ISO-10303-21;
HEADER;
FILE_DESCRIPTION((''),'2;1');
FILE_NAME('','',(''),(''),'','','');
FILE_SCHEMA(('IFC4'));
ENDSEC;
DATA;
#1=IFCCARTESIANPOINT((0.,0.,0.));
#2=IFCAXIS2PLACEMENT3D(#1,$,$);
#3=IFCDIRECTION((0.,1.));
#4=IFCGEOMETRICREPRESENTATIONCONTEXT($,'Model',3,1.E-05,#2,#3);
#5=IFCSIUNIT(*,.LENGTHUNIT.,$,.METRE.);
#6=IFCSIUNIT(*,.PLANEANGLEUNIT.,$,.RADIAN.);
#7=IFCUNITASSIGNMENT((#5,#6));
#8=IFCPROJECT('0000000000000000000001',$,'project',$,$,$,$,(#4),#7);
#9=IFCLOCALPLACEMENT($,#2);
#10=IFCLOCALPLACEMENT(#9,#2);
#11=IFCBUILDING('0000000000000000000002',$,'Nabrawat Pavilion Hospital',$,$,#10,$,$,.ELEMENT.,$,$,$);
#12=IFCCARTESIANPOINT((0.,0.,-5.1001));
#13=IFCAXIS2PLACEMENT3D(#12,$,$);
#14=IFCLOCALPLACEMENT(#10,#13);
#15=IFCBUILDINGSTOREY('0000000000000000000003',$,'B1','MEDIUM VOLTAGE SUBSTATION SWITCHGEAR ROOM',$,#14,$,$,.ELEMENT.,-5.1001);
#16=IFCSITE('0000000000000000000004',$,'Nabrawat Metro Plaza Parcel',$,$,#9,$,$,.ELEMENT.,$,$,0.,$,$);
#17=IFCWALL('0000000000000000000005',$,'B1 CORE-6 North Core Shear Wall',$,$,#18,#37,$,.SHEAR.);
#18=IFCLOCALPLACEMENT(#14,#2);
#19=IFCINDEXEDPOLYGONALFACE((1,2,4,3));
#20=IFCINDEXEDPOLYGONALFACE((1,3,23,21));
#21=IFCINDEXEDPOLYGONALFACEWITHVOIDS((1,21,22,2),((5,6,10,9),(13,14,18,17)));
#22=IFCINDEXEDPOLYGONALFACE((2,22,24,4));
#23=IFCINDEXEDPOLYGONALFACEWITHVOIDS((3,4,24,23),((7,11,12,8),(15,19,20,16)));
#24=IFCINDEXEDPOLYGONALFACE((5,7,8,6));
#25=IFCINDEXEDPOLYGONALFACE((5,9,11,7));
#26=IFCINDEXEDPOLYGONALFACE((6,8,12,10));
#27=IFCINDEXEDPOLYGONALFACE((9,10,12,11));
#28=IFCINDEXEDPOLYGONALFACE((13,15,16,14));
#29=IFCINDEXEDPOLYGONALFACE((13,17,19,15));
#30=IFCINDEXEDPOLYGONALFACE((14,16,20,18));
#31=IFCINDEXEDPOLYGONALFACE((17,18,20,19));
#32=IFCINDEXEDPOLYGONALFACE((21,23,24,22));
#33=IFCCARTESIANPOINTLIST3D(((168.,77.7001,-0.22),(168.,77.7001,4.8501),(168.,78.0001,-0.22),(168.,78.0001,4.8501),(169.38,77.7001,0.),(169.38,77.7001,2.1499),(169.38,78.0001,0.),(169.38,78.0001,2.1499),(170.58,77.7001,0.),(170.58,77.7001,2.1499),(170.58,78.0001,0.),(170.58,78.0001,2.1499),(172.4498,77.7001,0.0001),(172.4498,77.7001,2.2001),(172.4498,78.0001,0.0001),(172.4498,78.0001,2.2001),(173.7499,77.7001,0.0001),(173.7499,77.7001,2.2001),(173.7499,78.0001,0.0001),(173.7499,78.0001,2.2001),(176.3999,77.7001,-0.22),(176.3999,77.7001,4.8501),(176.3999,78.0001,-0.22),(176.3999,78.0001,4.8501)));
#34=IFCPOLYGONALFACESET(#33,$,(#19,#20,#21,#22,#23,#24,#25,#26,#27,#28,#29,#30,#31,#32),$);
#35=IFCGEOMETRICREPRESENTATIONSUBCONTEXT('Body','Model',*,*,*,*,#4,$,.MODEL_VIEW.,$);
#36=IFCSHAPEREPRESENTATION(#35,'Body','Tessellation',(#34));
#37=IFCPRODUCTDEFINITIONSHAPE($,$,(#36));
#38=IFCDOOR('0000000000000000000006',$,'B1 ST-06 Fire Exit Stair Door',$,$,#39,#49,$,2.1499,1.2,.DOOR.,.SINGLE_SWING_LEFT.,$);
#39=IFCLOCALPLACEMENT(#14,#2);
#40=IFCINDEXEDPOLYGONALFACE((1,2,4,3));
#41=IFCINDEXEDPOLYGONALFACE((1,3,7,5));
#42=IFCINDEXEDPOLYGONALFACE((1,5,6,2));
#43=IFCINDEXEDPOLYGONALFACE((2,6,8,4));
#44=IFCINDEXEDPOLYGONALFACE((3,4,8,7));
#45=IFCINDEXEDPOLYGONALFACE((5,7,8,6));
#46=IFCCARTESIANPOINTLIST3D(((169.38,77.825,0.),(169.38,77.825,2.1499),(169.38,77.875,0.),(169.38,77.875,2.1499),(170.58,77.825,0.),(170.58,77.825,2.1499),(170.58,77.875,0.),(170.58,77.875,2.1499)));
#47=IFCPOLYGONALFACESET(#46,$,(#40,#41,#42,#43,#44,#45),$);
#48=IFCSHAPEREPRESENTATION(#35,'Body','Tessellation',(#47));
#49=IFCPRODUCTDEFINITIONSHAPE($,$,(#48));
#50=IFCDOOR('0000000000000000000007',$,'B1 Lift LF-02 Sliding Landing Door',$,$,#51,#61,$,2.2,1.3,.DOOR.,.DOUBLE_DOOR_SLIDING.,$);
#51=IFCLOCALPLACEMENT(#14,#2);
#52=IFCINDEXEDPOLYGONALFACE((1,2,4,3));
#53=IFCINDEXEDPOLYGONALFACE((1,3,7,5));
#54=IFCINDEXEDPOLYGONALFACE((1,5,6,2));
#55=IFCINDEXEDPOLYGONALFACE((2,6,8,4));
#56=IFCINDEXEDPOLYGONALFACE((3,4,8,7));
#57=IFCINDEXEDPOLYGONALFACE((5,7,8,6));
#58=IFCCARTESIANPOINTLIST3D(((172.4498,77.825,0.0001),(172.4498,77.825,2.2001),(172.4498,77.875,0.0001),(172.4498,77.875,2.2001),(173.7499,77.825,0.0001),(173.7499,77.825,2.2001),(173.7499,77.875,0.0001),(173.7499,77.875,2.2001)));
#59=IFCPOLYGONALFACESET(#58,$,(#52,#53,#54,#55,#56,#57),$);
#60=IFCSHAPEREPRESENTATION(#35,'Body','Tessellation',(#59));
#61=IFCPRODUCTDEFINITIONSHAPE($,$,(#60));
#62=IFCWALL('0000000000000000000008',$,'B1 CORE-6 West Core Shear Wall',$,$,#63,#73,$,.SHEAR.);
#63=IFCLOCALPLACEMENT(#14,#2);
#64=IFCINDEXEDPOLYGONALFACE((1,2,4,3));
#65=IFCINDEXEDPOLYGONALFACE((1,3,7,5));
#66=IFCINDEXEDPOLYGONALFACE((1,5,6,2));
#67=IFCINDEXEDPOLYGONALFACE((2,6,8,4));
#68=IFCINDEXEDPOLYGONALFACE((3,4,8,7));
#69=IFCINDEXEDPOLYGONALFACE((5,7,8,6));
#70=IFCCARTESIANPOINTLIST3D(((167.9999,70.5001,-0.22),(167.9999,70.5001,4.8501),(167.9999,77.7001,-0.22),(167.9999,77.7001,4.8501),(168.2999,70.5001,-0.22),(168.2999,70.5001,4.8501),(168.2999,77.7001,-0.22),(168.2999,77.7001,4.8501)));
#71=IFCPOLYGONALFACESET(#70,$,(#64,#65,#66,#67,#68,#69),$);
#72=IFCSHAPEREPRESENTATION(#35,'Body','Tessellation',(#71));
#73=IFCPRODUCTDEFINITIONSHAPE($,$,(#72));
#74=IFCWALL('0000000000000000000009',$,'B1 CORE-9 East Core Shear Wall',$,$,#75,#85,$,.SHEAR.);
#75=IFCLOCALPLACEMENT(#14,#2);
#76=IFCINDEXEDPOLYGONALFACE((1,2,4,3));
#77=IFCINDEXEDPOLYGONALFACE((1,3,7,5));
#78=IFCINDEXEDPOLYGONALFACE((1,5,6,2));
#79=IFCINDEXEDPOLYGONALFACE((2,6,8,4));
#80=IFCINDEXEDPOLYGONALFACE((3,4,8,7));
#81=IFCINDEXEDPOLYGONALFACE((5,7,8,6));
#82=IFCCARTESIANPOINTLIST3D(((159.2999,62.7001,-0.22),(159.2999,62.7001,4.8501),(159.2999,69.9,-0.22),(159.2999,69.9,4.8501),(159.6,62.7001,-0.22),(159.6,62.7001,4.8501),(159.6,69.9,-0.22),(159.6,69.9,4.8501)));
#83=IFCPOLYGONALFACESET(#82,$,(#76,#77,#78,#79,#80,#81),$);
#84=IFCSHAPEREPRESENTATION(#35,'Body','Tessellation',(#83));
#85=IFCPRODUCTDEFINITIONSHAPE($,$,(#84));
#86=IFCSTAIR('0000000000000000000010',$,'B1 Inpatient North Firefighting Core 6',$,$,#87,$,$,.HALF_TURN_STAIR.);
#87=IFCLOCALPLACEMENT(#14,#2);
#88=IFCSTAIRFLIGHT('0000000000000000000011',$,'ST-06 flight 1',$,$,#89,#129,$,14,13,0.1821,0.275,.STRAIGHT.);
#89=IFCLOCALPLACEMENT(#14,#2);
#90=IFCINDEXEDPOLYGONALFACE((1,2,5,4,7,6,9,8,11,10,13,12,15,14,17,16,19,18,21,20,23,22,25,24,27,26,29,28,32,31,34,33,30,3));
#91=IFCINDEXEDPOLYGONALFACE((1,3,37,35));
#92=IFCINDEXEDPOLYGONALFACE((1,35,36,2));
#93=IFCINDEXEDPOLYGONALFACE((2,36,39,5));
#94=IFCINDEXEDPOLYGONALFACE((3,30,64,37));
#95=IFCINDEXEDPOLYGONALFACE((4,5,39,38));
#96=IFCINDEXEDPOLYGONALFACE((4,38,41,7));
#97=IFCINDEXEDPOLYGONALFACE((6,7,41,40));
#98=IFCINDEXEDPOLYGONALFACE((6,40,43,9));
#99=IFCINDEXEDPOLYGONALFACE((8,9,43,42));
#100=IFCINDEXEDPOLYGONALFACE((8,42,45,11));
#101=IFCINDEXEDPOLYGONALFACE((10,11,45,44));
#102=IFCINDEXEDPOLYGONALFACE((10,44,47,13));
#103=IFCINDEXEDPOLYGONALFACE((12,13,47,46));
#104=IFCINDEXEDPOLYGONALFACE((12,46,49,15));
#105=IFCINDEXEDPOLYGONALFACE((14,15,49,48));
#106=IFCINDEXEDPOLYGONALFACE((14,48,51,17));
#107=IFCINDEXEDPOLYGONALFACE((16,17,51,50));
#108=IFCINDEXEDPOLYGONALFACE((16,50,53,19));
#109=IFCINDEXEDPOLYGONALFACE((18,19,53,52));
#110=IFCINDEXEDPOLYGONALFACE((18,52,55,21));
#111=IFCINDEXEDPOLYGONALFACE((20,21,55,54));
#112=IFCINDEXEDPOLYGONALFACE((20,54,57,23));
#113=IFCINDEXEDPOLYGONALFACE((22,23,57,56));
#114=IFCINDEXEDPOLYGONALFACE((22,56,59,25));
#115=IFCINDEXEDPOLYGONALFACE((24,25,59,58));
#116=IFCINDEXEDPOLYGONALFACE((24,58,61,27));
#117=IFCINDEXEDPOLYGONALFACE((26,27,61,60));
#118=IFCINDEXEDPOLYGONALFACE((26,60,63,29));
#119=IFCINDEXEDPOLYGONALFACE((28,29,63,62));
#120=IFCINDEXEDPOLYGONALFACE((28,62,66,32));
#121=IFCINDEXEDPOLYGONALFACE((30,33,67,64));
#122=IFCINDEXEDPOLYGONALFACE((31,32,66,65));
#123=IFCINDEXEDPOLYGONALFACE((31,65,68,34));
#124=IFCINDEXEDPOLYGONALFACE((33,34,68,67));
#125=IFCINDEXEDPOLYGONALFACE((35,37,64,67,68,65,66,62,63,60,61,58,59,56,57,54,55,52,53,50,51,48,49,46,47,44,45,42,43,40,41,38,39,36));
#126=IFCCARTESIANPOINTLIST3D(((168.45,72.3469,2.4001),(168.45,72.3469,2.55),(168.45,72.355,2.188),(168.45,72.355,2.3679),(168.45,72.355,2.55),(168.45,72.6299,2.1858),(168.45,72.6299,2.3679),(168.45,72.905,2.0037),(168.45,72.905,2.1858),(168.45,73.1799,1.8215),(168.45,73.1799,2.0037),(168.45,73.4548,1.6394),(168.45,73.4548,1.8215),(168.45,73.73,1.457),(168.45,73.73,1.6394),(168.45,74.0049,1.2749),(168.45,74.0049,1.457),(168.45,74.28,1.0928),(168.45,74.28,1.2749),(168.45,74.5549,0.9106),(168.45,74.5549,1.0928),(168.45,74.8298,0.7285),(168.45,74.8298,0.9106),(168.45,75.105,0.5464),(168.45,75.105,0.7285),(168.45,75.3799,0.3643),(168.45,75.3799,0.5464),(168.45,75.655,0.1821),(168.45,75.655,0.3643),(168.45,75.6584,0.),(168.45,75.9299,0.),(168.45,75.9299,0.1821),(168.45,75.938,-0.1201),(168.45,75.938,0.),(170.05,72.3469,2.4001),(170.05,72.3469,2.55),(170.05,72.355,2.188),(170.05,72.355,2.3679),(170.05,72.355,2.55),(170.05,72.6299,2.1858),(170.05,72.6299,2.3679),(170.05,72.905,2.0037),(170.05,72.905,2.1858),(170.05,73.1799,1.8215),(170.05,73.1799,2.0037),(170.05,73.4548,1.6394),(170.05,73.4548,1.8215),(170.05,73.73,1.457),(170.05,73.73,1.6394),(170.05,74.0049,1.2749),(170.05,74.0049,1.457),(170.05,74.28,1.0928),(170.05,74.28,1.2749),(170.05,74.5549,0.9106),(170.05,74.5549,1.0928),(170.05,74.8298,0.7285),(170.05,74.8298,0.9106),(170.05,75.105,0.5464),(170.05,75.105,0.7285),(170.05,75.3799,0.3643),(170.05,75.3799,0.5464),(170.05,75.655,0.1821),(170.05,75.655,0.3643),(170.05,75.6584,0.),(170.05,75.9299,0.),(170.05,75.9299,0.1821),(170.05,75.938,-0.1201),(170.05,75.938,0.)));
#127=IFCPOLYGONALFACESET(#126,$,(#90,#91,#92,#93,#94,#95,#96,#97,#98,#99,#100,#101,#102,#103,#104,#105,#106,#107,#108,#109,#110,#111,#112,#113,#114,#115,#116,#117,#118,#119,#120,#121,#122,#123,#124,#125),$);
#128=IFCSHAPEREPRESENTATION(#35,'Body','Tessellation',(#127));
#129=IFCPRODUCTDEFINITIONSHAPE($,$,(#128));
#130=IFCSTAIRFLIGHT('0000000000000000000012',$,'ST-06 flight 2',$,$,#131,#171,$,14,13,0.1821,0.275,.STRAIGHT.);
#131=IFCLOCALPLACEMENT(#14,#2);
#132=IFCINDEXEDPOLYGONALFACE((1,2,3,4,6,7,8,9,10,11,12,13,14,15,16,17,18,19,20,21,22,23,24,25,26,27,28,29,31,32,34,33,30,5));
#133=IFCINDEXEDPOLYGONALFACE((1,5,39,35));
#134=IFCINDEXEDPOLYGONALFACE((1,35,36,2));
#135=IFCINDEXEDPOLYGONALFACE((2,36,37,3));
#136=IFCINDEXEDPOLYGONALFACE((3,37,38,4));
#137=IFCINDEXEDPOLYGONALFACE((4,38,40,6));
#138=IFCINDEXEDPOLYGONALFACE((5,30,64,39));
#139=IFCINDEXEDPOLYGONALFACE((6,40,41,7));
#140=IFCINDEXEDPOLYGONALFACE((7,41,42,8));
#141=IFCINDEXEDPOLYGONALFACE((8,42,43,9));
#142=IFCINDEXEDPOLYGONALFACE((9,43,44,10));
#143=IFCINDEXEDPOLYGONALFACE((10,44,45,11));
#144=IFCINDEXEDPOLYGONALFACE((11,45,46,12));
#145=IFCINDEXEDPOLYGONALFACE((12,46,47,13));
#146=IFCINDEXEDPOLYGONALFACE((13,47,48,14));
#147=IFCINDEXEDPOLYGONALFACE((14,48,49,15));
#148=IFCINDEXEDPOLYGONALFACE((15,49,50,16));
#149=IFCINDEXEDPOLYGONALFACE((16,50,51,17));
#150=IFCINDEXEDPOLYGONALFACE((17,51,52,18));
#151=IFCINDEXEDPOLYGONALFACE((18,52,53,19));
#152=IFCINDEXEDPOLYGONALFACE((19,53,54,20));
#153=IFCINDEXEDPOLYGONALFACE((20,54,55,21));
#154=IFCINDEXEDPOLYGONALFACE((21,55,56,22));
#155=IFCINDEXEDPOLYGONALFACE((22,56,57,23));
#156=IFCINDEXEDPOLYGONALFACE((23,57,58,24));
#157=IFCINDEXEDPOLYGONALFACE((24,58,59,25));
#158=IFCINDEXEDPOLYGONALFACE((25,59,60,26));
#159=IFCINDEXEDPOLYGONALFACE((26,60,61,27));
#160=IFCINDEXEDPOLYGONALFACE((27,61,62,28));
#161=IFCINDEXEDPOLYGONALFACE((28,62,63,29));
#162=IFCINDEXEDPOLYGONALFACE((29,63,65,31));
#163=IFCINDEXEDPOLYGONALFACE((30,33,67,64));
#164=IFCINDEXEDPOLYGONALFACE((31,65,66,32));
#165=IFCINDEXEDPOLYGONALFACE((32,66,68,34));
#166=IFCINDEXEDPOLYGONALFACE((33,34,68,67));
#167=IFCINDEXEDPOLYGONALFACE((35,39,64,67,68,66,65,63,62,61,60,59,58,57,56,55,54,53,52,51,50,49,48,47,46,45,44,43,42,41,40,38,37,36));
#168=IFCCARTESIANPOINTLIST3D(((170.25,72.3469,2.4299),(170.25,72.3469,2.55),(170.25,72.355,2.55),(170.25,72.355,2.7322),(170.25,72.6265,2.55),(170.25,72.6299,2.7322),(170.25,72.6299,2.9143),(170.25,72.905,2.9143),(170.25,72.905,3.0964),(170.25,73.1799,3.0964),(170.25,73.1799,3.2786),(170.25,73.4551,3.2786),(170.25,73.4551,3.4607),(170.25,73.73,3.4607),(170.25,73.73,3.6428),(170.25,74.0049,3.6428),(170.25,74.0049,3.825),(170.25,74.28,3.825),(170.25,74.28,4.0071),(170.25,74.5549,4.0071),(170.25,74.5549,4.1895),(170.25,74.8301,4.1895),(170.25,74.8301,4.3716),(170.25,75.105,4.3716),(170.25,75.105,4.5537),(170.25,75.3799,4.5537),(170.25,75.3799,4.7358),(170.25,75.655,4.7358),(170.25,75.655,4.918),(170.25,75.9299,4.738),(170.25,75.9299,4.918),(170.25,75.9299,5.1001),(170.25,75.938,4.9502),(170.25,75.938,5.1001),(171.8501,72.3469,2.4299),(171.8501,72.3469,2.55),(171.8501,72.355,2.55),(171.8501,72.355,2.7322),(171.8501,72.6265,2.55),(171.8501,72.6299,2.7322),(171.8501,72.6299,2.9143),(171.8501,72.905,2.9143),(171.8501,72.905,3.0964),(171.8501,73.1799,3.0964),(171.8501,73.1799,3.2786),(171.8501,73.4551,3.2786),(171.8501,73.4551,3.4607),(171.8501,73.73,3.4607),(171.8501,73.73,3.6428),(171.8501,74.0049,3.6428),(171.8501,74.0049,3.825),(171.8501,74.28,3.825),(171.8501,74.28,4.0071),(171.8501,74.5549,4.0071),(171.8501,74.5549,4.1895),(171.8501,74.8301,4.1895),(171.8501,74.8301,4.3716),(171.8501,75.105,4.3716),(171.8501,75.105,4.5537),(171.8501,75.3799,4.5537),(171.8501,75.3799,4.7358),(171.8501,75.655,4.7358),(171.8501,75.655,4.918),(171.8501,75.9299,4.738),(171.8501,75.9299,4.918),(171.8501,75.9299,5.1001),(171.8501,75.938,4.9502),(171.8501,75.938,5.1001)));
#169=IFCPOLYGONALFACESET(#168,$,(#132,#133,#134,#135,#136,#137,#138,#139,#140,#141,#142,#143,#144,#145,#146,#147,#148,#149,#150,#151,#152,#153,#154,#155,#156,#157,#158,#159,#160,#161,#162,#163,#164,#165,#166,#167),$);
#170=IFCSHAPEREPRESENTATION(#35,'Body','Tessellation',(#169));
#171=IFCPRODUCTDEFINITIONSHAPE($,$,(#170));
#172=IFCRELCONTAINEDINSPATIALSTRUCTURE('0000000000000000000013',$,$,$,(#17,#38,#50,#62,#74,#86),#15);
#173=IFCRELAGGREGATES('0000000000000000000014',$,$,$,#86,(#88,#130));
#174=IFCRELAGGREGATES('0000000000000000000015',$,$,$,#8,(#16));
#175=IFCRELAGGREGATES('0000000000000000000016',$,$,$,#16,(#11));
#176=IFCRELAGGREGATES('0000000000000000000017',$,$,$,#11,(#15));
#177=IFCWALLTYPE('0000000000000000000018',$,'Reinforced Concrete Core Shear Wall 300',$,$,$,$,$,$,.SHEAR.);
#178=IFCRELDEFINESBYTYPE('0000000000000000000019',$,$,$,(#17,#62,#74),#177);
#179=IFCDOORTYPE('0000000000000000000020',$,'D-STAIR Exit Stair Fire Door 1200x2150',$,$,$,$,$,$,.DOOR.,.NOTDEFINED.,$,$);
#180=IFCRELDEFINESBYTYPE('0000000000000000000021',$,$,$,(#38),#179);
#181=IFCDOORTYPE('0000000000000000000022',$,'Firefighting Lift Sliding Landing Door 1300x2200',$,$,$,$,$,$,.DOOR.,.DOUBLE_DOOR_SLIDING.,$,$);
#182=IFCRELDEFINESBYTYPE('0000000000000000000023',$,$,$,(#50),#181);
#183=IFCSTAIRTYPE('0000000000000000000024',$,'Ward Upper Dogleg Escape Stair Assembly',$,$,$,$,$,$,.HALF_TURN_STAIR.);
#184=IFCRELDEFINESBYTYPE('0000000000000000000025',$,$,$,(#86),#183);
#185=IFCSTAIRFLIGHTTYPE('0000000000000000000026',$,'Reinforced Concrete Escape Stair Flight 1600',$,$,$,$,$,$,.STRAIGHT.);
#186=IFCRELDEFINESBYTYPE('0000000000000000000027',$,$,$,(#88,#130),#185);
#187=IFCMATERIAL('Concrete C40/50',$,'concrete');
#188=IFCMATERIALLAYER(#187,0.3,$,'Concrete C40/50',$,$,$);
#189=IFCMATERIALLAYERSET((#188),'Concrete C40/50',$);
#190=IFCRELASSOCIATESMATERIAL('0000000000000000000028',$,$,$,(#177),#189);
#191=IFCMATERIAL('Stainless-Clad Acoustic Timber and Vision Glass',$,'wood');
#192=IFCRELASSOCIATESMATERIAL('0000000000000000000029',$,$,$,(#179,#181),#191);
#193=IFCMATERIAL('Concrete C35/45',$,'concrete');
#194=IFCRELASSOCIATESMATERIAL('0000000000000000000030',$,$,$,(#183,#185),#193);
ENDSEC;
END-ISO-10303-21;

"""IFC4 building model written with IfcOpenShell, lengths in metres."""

from ifc_helpers import new_model, si_unit, direction, frame, frame_2d, origin, place, context, subcontext, project, spatial, polyline, rectangle, outline, extrude, material, layer, layer_set, type_object, element, fill, aggregate, save


model = new_model("IFC4")

# Units and contexts
model_context = context("Model", 3, precision=1e-05, world=origin(), true_north=direction((0.0, 1.0)))
body_context = subcontext(model_context, "Body", "Model", "MODEL_VIEW")
ifc_project = project(units=[si_unit("LENGTHUNIT", "METRE"), si_unit("PLANEANGLEUNIT", "RADIAN")], contexts=[model_context])

# Site, building, storey
site_placement = place(None, origin())
site = spatial("IfcSite", under=ifc_project, at=site_placement, Name="Nabrawat Metro Plaza Parcel", CompositionType="ELEMENT", RefElevation=0.0)
building_placement = place(site_placement, origin())
building = spatial("IfcBuilding", under=site, at=building_placement, Name="Nabrawat Pavilion Hospital", CompositionType="ELEMENT")
storey_placement = place(building_placement, frame((0.0, 0.0, -5.1001)))
storey = spatial("IfcBuildingStorey", under=building, at=storey_placement, Name="B1", Description="MEDIUM VOLTAGE SUBSTATION SWITCHGEAR ROOM", CompositionType="ELEMENT", Elevation=-5.1001)

# Shared definitions
ifc_material_1 = material(Name="Concrete C35/45", Category="concrete")

# Shared definitions
ifc_material_2 = material(Name="Concrete C40/50", Category="concrete")

# Wall, openings, doors
ifc_layer_1 = layer(ifc_material_2, 0.3, Name="Concrete C40/50")
ifc_layer_set_1 = layer_set([ifc_layer_1], Name="Concrete C40/50")
wall_type_1 = type_object("IfcWallType", Name="Reinforced Concrete Core Shear Wall 300", PredefinedType="SHEAR", material=ifc_layer_set_1)
ifc_material_3 = material(Name="Stainless-Clad Acoustic Timber and Vision Glass", Category="wood")
wall_1_placement = place(storey_placement, frame((168.0, 77.8501, -0.22), z_axis=(0.0, 0.0, 1.0), x_axis=(1.0, 0.0, 0.0)))
wall_1 = element("IfcWall", 1, at=wall_1_placement, inside=storey, type_object=wall_type_1, Name="B1 CORE-6 North Core Shear Wall", PredefinedType="SHEAR", context=body_context, shape_type="SweptSolid", body=[
    extrude(rectangle(XDim=8.3999, YDim=0.3, at=frame_2d((4.2, 0.0))), origin(), (0.0, 0.0, 1.0), 5.0701),
])
opening_1_placement = place(wall_1_placement, frame((1.3799, 0.0, 0.22)))
opening_1 = element("IfcOpeningElement", 2, at=opening_1_placement, cuts=wall_1, PredefinedType="OPENING", context=body_context, shape_type="SweptSolid", body=[
    extrude(rectangle(XDim=1.2, YDim=2.1499, at=frame_2d((0.6001, 1.075))), frame((0.0, 0.1602, 0.0), z_axis=(0.0, -1.0, 0.0), x_axis=(1.0, 0.0, 0.0)), (0.0, 0.0, 1.0), 0.3201),
])
opening_2_placement = place(wall_1_placement, frame((4.45, 0.0, 0.22)))
opening_2 = element("IfcOpeningElement", 3, at=opening_2_placement, cuts=wall_1, PredefinedType="OPENING", context=body_context, shape_type="SweptSolid", body=[
    extrude(rectangle(XDim=1.3, YDim=2.2, at=frame_2d((0.6499, 1.1001))), frame((0.0, 0.1602, 0.0), z_axis=(0.0, -1.0, 0.0), x_axis=(1.0, 0.0, 0.0)), (0.0, 0.0, 1.0), 0.3201),
])
door_type_1 = type_object("IfcDoorType", Name="D-STAIR Exit Stair Fire Door 1200x2150", OperationType="NOTDEFINED", PredefinedType="DOOR", material=ifc_material_3)
door_1_placement = place(opening_1_placement, origin())
door_1 = element("IfcDoor", 4, at=door_1_placement, inside=storey, type_object=door_type_1, Name="B1 ST-06 Fire Exit Stair Door", OperationType="SINGLE_SWING_LEFT", OverallHeight=2.1499, OverallWidth=1.2, PredefinedType="DOOR", context=body_context, shape_type="SweptSolid", body=[
    extrude(rectangle(XDim=1.2, YDim=2.1499, at=frame_2d((0.6001, 1.075))), frame((0.0, 0.0249, 0.0), z_axis=(0.0, -1.0, 0.0), x_axis=(1.0, 0.0, 0.0)), (0.0, 0.0, 1.0), 0.05),
])
fill(opening_1, door_1)
door_type_2 = type_object("IfcDoorType", Name="Firefighting Lift Sliding Landing Door 1300x2200", OperationType="DOUBLE_DOOR_SLIDING", PredefinedType="DOOR", material=ifc_material_3)
door_2_placement = place(opening_2_placement, origin())
door_2 = element("IfcDoor", 5, at=door_2_placement, inside=storey, type_object=door_type_2, Name="B1 Lift LF-02 Sliding Landing Door", OperationType="DOUBLE_DOOR_SLIDING", OverallHeight=2.2, OverallWidth=1.3, PredefinedType="DOOR", context=body_context, shape_type="SweptSolid", body=[
    extrude(rectangle(XDim=1.3, YDim=2.2, at=frame_2d((0.6499, 1.1001))), frame((0.0, 0.0249, 0.0), z_axis=(0.0, -1.0, 0.0), x_axis=(1.0, 0.0, 0.0)), (0.0, 0.0, 1.0), 0.05),
])
fill(opening_2, door_2)

# Walls
for number, where, z_axis, x_axis, name in (
    (6, (168.1499, 70.5, -0.22), (0.0, 0.0, 1.0), (0.0, 1.0, 0.0), "B1 CORE-6 West Core Shear Wall"),
    (7, (159.45, 62.7, -0.22), (0.0, 0.0, 1.0), (0.0, 1.0, 0.0), "B1 CORE-9 East Core Shear Wall"),
):
    element("IfcWall", number, at=place(storey_placement, frame(where, z_axis=z_axis, x_axis=x_axis)), inside=storey, type_object=wall_type_1, Name=name, PredefinedType="SHEAR", context=body_context, shape_type="SweptSolid", body=[
        extrude(rectangle(XDim=7.2, YDim=0.3, at=frame_2d((3.6001, 0.0))), origin(), (0.0, 0.0, 1.0), 5.0701),
    ])

# Stair, stair flights
stair_type = type_object("IfcStairType", Name="Ward Upper Dogleg Escape Stair Assembly", PredefinedType="HALF_TURN_STAIR", material=ifc_material_1)
stair_placement = place(storey_placement, origin())
stair = element("IfcStair", 8, at=stair_placement, inside=storey, type_object=stair_type, Name="B1 Inpatient North Firefighting Core 6", PredefinedType="HALF_TURN_STAIR")
stair_flight_type = type_object("IfcStairFlightType", Name="Reinforced Concrete Escape Stair Flight 1600", PredefinedType="STRAIGHT", material=ifc_material_1)
stair_flight_1_placement = place(storey_placement, frame((169.25, 75.9299, 0.0), z_axis=(0.0, 0.0, 1.0), x_axis=(0.0, -1.0, 0.0)))
stair_flight_1 = element("IfcStairFlight", 9, at=stair_flight_1_placement, type_object=stair_flight_type, Name="ST-06 flight 1", NumberOfRisers=14, NumberOfTreads=13, PredefinedType="STRAIGHT", RiserHeight=0.1821, TreadLength=0.275, context=body_context, shape_type="SweptSolid", body=[
    extrude(outline(polyline([(-0.0081, 0.0), (0.0, 0.0), (0.0, 0.1821), (0.2749, 0.1821), (0.2749, 0.3643), (0.55, 0.3643), (0.55, 0.5464), (0.825, 0.5464), (0.825, 0.7285), (1.1001, 0.7285), (1.1001, 0.9106), (1.375, 0.9106), (1.375, 1.0928), (1.6499, 1.0928), (1.6499, 1.2749), (1.925, 1.2749), (1.925, 1.457), (2.2, 1.457), (2.2, 1.6394), (2.4751, 1.6394), (2.4751, 1.8215), (2.75, 1.8215), (2.75, 2.0037), (3.0249, 2.0037), (3.0249, 2.1858), (3.3, 2.1858), (3.3, 2.3679), (3.575, 2.3679), (3.575, 2.55), (3.583, 2.55), (3.583, 2.4001), (3.575, 2.188), (0.2715, 0.0), (-0.0081, -0.1201), (-0.0081, 0.0)])), frame((0.0, 0.8, 0.0), z_axis=(0.0, -1.0, 0.0), x_axis=(1.0, 0.0, 0.0)), (0.0, 0.0, 1.0), 1.6001),
])
stair_flight_2_placement = place(storey_placement, frame((171.05, 72.355, 2.55), z_axis=(0.0, 0.0, 1.0), x_axis=(0.0, 1.0, 0.0)))
stair_flight_2 = element("IfcStairFlight", 10, at=stair_flight_2_placement, type_object=stair_flight_type, Name="ST-06 flight 2", NumberOfRisers=14, NumberOfTreads=13, PredefinedType="STRAIGHT", RiserHeight=0.1821, TreadLength=0.275, context=body_context, shape_type="SweptSolid", body=[
    extrude(outline(polyline([(-0.0081, 0.0), (0.0, 0.0), (0.0, 0.1821), (0.2749, 0.1821), (0.2749, 0.3643), (0.55, 0.3643), (0.55, 0.5464), (0.825, 0.5464), (0.825, 0.7285), (1.1001, 0.7285), (1.1001, 0.9106), (1.375, 0.9106), (1.375, 1.0928), (1.6499, 1.0928), (1.6499, 1.2749), (1.925, 1.2749), (1.925, 1.457), (2.2, 1.457), (2.2, 1.6394), (2.4751, 1.6394), (2.4751, 1.8215), (2.75, 1.8215), (2.75, 2.0037), (3.0249, 2.0037), (3.0249, 2.1858), (3.3, 2.1858), (3.3, 2.3679), (3.575, 2.3679), (3.575, 2.55), (3.583, 2.55), (3.583, 2.4001), (3.575, 2.188), (0.2715, 0.0), (-0.0081, -0.1201), (-0.0081, 0.0)])), frame((0.0, 0.8, 0.0), z_axis=(0.0, -1.0, 0.0), x_axis=(1.0, 0.0, 0.0)), (0.0, 0.0, 1.0), 1.6001),
])
aggregate(stair, [stair_flight_1, stair_flight_2])

save(model, "model.ifc")
